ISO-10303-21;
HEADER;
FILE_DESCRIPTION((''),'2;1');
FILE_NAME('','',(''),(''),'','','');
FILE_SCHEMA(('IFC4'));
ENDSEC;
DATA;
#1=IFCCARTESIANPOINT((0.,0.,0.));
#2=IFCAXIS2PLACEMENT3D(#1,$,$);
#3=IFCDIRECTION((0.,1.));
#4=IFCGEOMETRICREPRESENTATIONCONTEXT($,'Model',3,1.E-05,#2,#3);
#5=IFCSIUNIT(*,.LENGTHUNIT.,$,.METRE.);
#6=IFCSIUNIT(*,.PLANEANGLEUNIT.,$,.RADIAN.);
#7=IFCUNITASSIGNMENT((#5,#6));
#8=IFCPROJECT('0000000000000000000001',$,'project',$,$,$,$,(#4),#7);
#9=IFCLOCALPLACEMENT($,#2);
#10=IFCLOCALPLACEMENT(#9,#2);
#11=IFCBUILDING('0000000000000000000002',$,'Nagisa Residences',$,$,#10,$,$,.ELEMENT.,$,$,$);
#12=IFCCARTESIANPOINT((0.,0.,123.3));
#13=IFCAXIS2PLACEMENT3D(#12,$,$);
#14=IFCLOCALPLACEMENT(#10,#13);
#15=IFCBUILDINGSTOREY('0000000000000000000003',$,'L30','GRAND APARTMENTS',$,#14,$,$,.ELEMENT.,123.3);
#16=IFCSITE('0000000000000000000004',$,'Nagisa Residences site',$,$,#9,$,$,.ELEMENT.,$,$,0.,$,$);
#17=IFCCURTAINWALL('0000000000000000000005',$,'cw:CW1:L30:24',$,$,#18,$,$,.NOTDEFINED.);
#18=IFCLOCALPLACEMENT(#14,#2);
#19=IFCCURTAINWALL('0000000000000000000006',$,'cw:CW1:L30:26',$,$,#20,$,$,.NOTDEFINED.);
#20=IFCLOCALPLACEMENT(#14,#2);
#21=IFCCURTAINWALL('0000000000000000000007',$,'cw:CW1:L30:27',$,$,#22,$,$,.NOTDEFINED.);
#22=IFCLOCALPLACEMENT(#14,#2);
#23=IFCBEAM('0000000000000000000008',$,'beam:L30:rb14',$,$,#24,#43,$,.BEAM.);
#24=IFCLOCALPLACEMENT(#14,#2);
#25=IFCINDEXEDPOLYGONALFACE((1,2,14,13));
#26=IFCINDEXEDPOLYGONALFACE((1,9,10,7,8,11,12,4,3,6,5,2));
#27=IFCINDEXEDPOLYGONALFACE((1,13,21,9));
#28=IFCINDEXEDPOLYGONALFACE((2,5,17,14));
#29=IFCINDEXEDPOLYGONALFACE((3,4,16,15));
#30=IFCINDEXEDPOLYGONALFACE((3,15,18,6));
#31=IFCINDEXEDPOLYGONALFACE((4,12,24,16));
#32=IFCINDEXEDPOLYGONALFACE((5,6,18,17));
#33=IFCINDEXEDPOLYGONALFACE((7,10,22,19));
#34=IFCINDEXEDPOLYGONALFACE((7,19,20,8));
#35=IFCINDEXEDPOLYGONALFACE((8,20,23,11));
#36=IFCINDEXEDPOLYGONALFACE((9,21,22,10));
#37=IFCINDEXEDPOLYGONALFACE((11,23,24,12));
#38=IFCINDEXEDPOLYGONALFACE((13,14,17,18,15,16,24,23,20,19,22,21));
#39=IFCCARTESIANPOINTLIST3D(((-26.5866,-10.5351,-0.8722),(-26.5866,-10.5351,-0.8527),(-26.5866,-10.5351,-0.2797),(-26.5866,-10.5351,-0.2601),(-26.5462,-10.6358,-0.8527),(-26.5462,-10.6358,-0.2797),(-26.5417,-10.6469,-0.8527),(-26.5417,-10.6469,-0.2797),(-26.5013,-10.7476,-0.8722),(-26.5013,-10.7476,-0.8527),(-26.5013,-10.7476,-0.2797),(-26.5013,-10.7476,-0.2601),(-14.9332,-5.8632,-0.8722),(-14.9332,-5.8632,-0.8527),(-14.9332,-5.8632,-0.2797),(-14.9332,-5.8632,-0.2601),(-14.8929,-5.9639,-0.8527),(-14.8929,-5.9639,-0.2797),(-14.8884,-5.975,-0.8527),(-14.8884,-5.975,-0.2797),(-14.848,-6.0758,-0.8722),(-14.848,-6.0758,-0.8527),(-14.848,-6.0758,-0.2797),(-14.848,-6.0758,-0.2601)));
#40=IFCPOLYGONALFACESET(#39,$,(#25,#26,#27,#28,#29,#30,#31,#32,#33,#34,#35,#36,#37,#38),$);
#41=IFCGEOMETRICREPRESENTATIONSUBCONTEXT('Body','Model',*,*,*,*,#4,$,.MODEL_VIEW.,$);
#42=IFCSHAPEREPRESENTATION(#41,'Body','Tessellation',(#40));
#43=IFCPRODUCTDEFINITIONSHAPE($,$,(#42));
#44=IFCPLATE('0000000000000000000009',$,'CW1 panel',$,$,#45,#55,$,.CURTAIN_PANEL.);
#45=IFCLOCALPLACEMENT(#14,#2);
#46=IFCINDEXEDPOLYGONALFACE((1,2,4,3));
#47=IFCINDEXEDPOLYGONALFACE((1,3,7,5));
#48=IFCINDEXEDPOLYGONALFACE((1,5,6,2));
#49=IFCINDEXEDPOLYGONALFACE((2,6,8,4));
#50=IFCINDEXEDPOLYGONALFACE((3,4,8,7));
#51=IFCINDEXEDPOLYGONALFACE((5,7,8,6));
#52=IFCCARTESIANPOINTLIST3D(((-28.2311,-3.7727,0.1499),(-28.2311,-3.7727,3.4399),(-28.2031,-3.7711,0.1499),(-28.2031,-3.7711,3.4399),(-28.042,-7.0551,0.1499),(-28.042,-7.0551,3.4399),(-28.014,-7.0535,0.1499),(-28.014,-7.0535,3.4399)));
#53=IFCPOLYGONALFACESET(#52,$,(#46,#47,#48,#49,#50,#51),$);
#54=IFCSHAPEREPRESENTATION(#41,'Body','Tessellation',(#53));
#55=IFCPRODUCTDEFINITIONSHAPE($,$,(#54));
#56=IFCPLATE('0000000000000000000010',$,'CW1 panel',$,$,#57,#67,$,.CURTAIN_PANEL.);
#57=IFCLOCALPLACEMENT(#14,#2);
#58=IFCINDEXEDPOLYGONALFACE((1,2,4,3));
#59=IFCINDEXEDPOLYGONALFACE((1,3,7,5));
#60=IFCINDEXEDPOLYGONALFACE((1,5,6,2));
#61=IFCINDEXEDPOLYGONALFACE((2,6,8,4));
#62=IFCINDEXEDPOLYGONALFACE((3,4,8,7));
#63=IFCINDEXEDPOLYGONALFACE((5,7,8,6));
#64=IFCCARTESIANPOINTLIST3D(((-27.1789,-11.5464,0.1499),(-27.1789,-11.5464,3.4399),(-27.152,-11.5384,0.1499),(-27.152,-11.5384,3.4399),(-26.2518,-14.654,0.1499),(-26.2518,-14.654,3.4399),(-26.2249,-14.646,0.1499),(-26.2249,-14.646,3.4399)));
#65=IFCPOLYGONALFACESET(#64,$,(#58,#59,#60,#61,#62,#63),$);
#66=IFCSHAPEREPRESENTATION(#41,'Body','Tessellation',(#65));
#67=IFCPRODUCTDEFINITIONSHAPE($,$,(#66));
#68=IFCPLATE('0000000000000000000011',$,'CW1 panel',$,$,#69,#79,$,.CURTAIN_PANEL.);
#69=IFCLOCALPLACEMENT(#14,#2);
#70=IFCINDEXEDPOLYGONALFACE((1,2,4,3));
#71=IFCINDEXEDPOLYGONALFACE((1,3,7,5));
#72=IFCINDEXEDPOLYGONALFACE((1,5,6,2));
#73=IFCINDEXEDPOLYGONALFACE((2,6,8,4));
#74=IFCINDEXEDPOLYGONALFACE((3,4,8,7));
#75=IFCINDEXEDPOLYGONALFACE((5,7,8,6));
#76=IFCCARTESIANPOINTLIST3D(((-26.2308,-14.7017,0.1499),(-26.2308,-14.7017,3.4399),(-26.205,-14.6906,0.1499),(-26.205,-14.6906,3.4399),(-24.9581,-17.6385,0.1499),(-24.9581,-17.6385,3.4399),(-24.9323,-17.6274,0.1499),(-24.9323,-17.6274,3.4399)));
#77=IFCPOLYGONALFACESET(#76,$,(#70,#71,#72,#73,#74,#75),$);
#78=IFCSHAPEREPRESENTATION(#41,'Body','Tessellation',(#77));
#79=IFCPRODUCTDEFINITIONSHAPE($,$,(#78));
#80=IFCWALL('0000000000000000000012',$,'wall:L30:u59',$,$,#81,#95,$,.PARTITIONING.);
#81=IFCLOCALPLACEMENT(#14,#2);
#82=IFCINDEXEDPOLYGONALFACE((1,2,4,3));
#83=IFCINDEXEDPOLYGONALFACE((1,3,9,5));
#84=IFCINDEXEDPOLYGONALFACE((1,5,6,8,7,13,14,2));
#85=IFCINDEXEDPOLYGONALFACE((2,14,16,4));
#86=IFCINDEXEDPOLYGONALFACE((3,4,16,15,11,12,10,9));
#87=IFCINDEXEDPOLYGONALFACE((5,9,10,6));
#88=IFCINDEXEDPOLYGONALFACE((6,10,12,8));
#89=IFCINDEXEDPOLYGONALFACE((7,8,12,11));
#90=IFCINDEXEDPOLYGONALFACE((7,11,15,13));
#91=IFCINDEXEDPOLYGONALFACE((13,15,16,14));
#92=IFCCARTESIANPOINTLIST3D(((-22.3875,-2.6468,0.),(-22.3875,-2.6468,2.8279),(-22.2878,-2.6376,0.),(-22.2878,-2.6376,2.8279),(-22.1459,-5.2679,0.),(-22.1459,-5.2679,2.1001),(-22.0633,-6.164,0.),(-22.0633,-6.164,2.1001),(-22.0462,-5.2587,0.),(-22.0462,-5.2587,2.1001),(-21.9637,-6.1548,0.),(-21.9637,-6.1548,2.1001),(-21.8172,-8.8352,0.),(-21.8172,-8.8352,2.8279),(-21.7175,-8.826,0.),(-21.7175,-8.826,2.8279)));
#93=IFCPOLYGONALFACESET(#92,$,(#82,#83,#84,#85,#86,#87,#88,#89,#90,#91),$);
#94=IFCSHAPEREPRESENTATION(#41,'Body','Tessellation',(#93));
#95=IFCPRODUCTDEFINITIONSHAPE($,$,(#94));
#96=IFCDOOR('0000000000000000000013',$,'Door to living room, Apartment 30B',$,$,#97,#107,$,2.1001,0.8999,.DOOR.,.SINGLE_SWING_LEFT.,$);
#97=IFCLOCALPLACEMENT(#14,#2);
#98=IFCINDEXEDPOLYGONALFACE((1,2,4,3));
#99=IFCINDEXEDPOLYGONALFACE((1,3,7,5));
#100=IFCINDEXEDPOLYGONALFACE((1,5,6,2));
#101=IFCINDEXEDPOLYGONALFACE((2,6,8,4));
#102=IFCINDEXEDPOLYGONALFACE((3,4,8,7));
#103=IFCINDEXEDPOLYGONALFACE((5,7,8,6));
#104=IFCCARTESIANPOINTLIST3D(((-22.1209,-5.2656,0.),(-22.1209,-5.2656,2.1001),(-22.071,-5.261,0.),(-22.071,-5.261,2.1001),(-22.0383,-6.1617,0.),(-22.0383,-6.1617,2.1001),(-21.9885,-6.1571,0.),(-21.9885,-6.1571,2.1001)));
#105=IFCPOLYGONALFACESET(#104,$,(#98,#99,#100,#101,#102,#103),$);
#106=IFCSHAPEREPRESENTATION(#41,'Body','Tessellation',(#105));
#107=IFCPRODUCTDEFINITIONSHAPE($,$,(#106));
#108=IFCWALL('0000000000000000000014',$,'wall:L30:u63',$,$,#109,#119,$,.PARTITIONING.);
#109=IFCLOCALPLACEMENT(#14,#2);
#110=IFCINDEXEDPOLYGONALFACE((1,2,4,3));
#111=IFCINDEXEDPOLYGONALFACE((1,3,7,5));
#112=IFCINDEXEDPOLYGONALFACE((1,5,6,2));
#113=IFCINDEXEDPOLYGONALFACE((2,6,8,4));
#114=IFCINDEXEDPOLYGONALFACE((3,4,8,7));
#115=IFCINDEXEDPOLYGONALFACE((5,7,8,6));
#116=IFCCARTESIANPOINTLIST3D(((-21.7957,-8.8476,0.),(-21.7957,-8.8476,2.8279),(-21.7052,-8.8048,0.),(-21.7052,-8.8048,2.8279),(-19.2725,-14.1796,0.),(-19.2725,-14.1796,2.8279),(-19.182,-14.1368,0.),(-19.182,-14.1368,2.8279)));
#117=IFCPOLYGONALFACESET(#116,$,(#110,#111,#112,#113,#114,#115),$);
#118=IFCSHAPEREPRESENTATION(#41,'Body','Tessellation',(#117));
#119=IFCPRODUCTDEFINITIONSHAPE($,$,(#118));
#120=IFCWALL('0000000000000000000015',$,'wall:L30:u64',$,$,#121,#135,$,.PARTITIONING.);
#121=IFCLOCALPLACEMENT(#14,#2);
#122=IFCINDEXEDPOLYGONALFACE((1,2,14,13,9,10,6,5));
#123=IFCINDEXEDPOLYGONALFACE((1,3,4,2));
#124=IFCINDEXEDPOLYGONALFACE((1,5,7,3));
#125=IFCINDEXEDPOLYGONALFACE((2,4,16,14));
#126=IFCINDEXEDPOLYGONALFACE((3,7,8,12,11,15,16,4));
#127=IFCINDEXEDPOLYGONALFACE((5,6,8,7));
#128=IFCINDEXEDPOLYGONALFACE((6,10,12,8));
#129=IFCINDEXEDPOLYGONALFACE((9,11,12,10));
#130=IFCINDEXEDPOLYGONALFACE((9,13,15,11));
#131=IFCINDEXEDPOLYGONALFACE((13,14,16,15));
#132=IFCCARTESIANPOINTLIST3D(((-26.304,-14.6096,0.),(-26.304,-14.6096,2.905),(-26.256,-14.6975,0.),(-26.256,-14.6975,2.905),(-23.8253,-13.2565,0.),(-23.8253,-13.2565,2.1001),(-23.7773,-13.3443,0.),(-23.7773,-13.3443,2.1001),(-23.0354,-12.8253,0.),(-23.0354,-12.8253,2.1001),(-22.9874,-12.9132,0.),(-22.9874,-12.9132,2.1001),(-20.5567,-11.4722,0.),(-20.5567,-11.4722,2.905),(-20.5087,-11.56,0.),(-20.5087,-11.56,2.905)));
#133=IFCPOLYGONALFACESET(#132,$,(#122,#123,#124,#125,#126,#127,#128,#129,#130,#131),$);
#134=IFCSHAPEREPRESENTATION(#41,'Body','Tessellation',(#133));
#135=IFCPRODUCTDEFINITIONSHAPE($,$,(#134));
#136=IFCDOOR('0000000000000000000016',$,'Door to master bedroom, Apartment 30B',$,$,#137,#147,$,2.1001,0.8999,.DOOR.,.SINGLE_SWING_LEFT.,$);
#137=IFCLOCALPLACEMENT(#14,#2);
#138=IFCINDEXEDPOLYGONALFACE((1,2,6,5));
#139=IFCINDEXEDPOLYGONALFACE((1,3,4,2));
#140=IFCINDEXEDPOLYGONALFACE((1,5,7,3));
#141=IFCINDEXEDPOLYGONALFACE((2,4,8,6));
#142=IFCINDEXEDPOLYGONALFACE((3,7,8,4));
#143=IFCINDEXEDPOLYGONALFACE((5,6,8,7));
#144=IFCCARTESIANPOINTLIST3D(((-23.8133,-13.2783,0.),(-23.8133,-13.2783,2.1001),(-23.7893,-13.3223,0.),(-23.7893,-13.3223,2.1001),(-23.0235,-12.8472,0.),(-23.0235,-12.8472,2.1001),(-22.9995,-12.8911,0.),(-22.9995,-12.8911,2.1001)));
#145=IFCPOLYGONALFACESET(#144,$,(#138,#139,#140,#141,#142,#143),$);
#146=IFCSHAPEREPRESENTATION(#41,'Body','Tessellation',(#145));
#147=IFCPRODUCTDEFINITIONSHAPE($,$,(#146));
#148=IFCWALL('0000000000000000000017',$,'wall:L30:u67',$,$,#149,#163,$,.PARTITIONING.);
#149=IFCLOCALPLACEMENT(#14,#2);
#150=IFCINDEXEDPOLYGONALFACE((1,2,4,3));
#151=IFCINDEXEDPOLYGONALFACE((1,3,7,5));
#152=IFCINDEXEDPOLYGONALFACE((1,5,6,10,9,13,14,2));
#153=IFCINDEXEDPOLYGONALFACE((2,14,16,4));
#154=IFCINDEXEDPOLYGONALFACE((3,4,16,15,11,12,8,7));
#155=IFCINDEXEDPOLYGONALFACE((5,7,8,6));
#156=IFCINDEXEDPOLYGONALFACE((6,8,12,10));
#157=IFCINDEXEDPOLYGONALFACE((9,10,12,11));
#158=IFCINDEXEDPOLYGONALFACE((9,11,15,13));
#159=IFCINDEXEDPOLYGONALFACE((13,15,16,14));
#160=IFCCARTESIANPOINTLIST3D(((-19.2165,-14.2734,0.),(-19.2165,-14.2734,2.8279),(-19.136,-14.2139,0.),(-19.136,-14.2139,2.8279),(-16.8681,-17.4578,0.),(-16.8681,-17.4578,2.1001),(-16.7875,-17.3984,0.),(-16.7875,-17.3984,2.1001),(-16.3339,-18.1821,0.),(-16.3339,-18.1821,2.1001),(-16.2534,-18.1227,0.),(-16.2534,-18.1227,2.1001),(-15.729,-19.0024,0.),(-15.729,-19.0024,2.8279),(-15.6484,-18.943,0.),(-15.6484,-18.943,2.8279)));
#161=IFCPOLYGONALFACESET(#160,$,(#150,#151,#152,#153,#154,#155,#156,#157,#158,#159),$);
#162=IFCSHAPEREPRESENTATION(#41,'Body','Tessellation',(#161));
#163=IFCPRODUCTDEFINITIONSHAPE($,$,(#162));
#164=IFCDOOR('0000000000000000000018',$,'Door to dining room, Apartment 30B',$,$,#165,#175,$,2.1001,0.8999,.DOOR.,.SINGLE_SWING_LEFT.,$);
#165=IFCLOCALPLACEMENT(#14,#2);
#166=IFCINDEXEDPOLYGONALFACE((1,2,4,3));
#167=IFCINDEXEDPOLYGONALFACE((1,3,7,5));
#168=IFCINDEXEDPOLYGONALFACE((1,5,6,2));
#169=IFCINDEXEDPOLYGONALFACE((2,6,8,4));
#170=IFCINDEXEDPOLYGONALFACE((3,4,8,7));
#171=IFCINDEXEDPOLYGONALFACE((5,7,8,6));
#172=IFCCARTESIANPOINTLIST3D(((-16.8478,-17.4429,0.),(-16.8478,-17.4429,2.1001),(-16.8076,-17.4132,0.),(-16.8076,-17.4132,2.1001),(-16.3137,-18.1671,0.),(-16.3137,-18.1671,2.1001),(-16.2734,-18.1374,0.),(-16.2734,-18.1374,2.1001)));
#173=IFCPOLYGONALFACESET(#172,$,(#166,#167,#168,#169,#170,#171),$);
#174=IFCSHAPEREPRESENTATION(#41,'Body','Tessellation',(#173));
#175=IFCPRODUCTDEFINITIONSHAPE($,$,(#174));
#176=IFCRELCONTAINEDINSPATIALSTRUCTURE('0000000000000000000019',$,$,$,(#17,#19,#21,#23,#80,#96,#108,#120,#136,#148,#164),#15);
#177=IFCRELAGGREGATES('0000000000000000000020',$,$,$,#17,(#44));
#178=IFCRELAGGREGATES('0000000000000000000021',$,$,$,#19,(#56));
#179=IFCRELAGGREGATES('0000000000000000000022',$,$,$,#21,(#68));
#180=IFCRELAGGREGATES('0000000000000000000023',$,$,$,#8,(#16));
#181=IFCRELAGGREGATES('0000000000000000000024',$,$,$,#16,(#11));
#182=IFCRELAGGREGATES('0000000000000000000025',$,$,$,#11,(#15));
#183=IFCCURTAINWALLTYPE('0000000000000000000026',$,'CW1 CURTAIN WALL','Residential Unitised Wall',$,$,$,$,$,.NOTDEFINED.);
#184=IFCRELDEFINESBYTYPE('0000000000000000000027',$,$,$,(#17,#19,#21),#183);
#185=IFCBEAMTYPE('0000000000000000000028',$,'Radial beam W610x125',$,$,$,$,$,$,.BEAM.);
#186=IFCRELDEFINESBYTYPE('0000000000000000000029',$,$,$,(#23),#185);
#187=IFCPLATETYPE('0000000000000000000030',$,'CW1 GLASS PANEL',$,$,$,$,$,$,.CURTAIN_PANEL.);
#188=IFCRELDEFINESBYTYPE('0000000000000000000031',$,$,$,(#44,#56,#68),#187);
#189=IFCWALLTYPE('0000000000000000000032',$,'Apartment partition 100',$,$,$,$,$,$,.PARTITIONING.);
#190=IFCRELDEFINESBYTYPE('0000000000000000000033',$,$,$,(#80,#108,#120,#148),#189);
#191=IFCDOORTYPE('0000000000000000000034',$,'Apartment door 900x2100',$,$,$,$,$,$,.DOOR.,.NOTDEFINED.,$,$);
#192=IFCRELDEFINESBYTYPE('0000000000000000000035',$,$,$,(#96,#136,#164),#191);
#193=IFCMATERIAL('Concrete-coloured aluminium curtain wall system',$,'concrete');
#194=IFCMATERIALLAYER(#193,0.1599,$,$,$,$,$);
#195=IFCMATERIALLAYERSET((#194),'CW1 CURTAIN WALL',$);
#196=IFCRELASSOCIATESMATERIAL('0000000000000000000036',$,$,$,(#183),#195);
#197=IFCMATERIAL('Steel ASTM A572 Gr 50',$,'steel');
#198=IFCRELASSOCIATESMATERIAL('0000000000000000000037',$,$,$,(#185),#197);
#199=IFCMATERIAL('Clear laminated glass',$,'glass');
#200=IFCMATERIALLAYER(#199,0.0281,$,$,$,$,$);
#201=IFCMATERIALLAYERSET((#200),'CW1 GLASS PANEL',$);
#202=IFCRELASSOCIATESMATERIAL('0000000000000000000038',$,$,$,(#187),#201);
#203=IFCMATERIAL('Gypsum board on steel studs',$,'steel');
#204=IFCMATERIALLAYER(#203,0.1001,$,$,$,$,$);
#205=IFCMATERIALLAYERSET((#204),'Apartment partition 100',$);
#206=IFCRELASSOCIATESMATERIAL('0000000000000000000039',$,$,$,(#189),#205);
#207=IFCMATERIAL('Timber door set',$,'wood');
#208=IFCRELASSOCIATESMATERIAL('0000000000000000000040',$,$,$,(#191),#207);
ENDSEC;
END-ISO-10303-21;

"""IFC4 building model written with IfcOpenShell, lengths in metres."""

from ifc_helpers import new_model, si_unit, direction, frame, frame_2d, origin, origin_2d, place, context, subcontext, project, spatial, rectangle, i_section, extrude, material, layer, layer_set, material_profile, profile_set, type_object, element, fill, aggregate, save


model = new_model("IFC4")

# Units and contexts
model_context = context("Model", 3, precision=1e-05, world=origin(), true_north=direction((0.0, 1.0)))
body_context = subcontext(model_context, "Body", "Model", "MODEL_VIEW")
ifc_project = project(units=[si_unit("LENGTHUNIT", "METRE"), si_unit("PLANEANGLEUNIT", "RADIAN")], contexts=[model_context])

# Site, building, storey
site_placement = place(None, origin())
site = spatial("IfcSite", under=ifc_project, at=site_placement, Name="Nagisa Residences site", CompositionType="ELEMENT", RefElevation=0.0)
building_placement = place(site_placement, origin())
building = spatial("IfcBuilding", under=site, at=building_placement, Name="Nagisa Residences", CompositionType="ELEMENT")
storey_placement = place(building_placement, frame((0.0, 0.0, 123.3)))
storey = spatial("IfcBuildingStorey", under=building, at=storey_placement, Name="L30", Description="GRAND APARTMENTS", CompositionType="ELEMENT", Elevation=123.3)

# Curtain walls
ifc_material_1 = material(Name="Concrete-coloured aluminium curtain wall system", Category="concrete")
ifc_layer_1 = layer(ifc_material_1, 0.1599)
ifc_layer_set_1 = layer_set([ifc_layer_1], Name="CW1 CURTAIN WALL")
curtain_wall_type = type_object("IfcCurtainWallType", Name="CW1 CURTAIN WALL", Description="Residential Unitised Wall", PredefinedType="NOTDEFINED", material=ifc_layer_set_1)
curtain_wall_1_placement = place(storey_placement, origin())
curtain_wall_1 = element("IfcCurtainWall", 1, at=curtain_wall_1_placement, inside=storey, type_object=curtain_wall_type, Name="cw:CW1:L30:24", PredefinedType="NOTDEFINED")
curtain_wall_2_placement = place(storey_placement, origin())
curtain_wall_2 = element("IfcCurtainWall", 2, at=curtain_wall_2_placement, inside=storey, type_object=curtain_wall_type, Name="cw:CW1:L30:26", PredefinedType="NOTDEFINED")
curtain_wall_3_placement = place(storey_placement, origin())
curtain_wall_3 = element("IfcCurtainWall", 3, at=curtain_wall_3_placement, inside=storey, type_object=curtain_wall_type, Name="cw:CW1:L30:27", PredefinedType="NOTDEFINED")

# Beam
ifc_material_2 = material(Name="Steel ASTM A572 Gr 50", Category="steel")
ifc_material_profile_1 = material_profile(ifc_material_2, i_section(OverallWidth=0.229, OverallDepth=0.6121, WebThickness=0.012, FlangeThickness=0.0195, at=origin_2d()), Name="W610x125")
ifc_profile_set_1 = profile_set([ifc_material_profile_1], Name="Steel ASTM A572 Gr 50")
beam_type_1 = type_object("IfcBeamType", Name="Radial beam W610x125", PredefinedType="BEAM", material=ifc_profile_set_1)
beam_1_placement = place(storey_placement, frame((-26.5439, -10.6414, -0.5662), z_axis=(0.928187, 0.372115, 0.0), x_axis=(-0.372115, 0.928187, 0.0)))
element("IfcBeam", 4, at=beam_1_placement, inside=storey, type_object=beam_type_1, Name="beam:L30:rb14", PredefinedType="BEAM", context=body_context, shape_type="SweptSolid", body=[
    extrude(i_section(OverallWidth=0.229, OverallDepth=0.6121, WebThickness=0.012, FlangeThickness=0.0195, at=origin_2d()), origin(), (0.0, 0.0, 1.0), 12.5549),
])

# Plates
ifc_material_3 = material(Name="Clear laminated glass", Category="glass")
ifc_layer_2 = layer(ifc_material_3, 0.0281)
ifc_layer_set_2 = layer_set([ifc_layer_2], Name="CW1 GLASS PANEL")
plate_type = type_object("IfcPlateType", Name="CW1 GLASS PANEL", PredefinedType="CURTAIN_PANEL", material=ifc_layer_set_2)
plate_1_placement = place(storey_placement, frame((-28.1226, -5.4131, 0.1499), z_axis=(0.0, 0.0, 1.0), x_axis=(0.057503, -0.998345, 0.0)))
plate_1 = element("IfcPlate", 5, at=plate_1_placement, type_object=plate_type, Name="CW1 panel", PredefinedType="CURTAIN_PANEL", context=body_context, shape_type="SweptSolid", body=[
    extrude(rectangle(XDim=3.2878, YDim=0.0281, at=origin_2d()), origin(), (0.0, 0.0, 1.0), 3.29),
])
aggregate(curtain_wall_1, [plate_1])
plate_2_placement = place(storey_placement, frame((-26.7019, -13.0962, 0.1499), z_axis=(0.0, 0.0, 1.0), x_axis=(0.28586, -0.958271, 0.0)))
plate_2 = element("IfcPlate", 6, at=plate_2_placement, type_object=plate_type, Name="CW1 panel", PredefinedType="CURTAIN_PANEL", context=body_context, shape_type="SweptSolid", body=[
    extrude(rectangle(XDim=3.2429, YDim=0.0281, at=origin_2d()), origin(), (0.0, 0.0, 1.0), 3.29),
])
aggregate(curtain_wall_2, [plate_2])
plate_3_placement = place(storey_placement, frame((-25.5815, -16.1646, 0.1499), z_axis=(0.0, 0.0, 1.0), x_axis=(0.397636, -0.917543, 0.0)))
plate_3 = element("IfcPlate", 7, at=plate_3_placement, type_object=plate_type, Name="CW1 panel", PredefinedType="CURTAIN_PANEL", context=body_context, shape_type="SweptSolid", body=[
    extrude(rectangle(XDim=3.2007, YDim=0.0281, at=origin_2d()), origin(), (0.0, 0.0, 1.0), 3.29),
])
aggregate(curtain_wall_3, [plate_3])

# Wall, opening, door
ifc_material_4 = material(Name="Gypsum board on steel studs", Category="steel")
ifc_layer_3 = layer(ifc_material_4, 0.1001)
ifc_layer_set_3 = layer_set([ifc_layer_3], Name="Apartment partition 100")
wall_type_1 = type_object("IfcWallType", Name="Apartment partition 100", PredefinedType="PARTITIONING", material=ifc_layer_set_3)
wall_1_placement = place(storey_placement, frame((-22.3376, -2.6421, 0.0), z_axis=(0.0, 0.0, 1.0), x_axis=(0.091768, -0.99578, 0.0)))
wall_1 = element("IfcWall", 8, at=wall_1_placement, inside=storey, type_object=wall_type_1, Name="wall:L30:u59", PredefinedType="PARTITIONING", context=body_context, shape_type="SweptSolid", body=[
    extrude(rectangle(XDim=6.2146, YDim=0.1001, at=frame_2d((3.1074, 0.0))), origin(), (0.0, 0.0, 1.0), 2.8279),
])
opening_1_placement = place(wall_1_placement, frame((2.6323, 0.0, 0.0)))
opening_1 = element("IfcOpeningElement", 9, at=opening_1_placement, cuts=wall_1, PredefinedType="OPENING", context=body_context, shape_type="SweptSolid", body=[
    extrude(rectangle(XDim=0.8999, YDim=2.1001, at=frame_2d((0.45, 1.05))), frame((0.0, 0.0601, 0.0), z_axis=(0.0, -1.0, 0.0), x_axis=(1.0, 0.0, 0.0)), (0.0, 0.0, 1.0), 0.1201),
])
ifc_material_5 = material(Name="Timber door set", Category="wood")
door_type_1 = type_object("IfcDoorType", Name="Apartment door 900x2100", OperationType="NOTDEFINED", PredefinedType="DOOR", material=ifc_material_5)
door_1_placement = place(opening_1_placement, frame((0.8999, 0.0, 0.0), x_axis=(-1.0, 0.0, 0.0)))
door_1 = element("IfcDoor", 10, at=door_1_placement, inside=storey, type_object=door_type_1, Name="Door to living room, Apartment 30B", OperationType="SINGLE_SWING_LEFT", OverallHeight=2.1001, OverallWidth=0.8999, PredefinedType="DOOR", context=body_context, shape_type="SweptSolid", body=[
    extrude(rectangle(XDim=0.8999, YDim=2.1001, at=frame_2d((0.45, 1.05))), frame((0.0, 0.0249, 0.0), z_axis=(0.0, -1.0, 0.0), x_axis=(1.0, 0.0, 0.0)), (0.0, 0.0, 1.0), 0.05),
])
fill(opening_1, door_1)

# Wall
wall_2_placement = place(storey_placement, frame((-21.7505, -8.8262, 0.0), z_axis=(0.0, 0.0, 1.0), x_axis=(0.427739, -0.903902, 0.0)))
element("IfcWall", 11, at=wall_2_placement, inside=storey, type_object=wall_type_1, Name="wall:L30:u63", PredefinedType="PARTITIONING", context=body_context, shape_type="SweptSolid", body=[
    extrude(rectangle(XDim=5.8989, YDim=0.1001, at=frame_2d((2.9495, 0.0))), origin(), (0.0, 0.0, 1.0), 2.8279),
])

# Walls, openings, doors
wall_3_placement = place(storey_placement, frame((-20.5327, -11.5161, 0.0), z_axis=(0.0, 0.0, 1.0), x_axis=(-0.877732, -0.479153, 0.0)))
wall_3 = element("IfcWall", 12, at=wall_3_placement, inside=storey, type_object=wall_type_1, Name="wall:L30:u64", PredefinedType="PARTITIONING", context=body_context, shape_type="SweptSolid", body=[
    extrude(rectangle(XDim=6.5479, YDim=0.1001, at=frame_2d((3.2739, 0.0))), origin(), (0.0, 0.0, 1.0), 2.905),
])
opening_2_placement = place(wall_3_placement, frame((2.824, 0.0, 0.0)))
opening_2 = element("IfcOpeningElement", 13, at=opening_2_placement, cuts=wall_3, PredefinedType="OPENING", context=body_context, shape_type="SweptSolid", body=[
    extrude(rectangle(XDim=0.8999, YDim=2.1001, at=frame_2d((0.45, 1.05))), frame((0.0, 0.0601, 0.0), z_axis=(0.0, -1.0, 0.0), x_axis=(1.0, 0.0, 0.0)), (0.0, 0.0, 1.0), 0.1201),
])
door_2_placement = place(opening_2_placement, origin())
door_2 = element("IfcDoor", 14, at=door_2_placement, inside=storey, type_object=door_type_1, Name="Door to master bedroom, Apartment 30B", OperationType="SINGLE_SWING_LEFT", OverallHeight=2.1001, OverallWidth=0.8999, PredefinedType="DOOR", context=body_context, shape_type="SweptSolid", body=[
    extrude(rectangle(XDim=0.8999, YDim=2.1001, at=frame_2d((0.45, 1.05))), frame((0.0, 0.0249, 0.0), z_axis=(0.0, -1.0, 0.0), x_axis=(1.0, 0.0, 0.0)), (0.0, 0.0, 1.0), 0.05),
])
fill(opening_2, door_2)
wall_4_placement = place(storey_placement, frame((-19.1763, -14.2437, 0.0), z_axis=(0.0, 0.0, 1.0), x_axis=(0.593532, -0.80481, 0.0)))
wall_4 = element("IfcWall", 15, at=wall_4_placement, inside=storey, type_object=wall_type_1, Name="wall:L30:u67", PredefinedType="PARTITIONING", context=body_context, shape_type="SweptSolid", body=[
    extrude(rectangle(XDim=5.876, YDim=0.1001, at=frame_2d((2.938, 0.0))), origin(), (0.0, 0.0, 1.0), 2.8279),
])
opening_3_placement = place(wall_4_placement, frame((3.9568, 0.0, 0.0)))
opening_3 = element("IfcOpeningElement", 16, at=opening_3_placement, cuts=wall_4, PredefinedType="OPENING", context=body_context, shape_type="SweptSolid", body=[
    extrude(rectangle(XDim=0.8999, YDim=2.1001, at=frame_2d((0.45, 1.05))), frame((0.0, 0.0601, 0.0), z_axis=(0.0, -1.0, 0.0), x_axis=(1.0, 0.0, 0.0)), (0.0, 0.0, 1.0), 0.1201),
])
door_3_placement = place(opening_3_placement, frame((0.8999, 0.0, 0.0), x_axis=(-1.0, 0.0, 0.0)))
door_3 = element("IfcDoor", 17, at=door_3_placement, inside=storey, type_object=door_type_1, Name="Door to dining room, Apartment 30B", OperationType="SINGLE_SWING_LEFT", OverallHeight=2.1001, OverallWidth=0.8999, PredefinedType="DOOR", context=body_context, shape_type="SweptSolid", body=[
    extrude(rectangle(XDim=0.8999, YDim=2.1001, at=frame_2d((0.45, 1.05))), frame((0.0, 0.0249, 0.0), z_axis=(0.0, -1.0, 0.0), x_axis=(1.0, 0.0, 0.0)), (0.0, 0.0, 1.0), 0.05),
])
fill(opening_3, door_3)

save(model, "model.ifc")
